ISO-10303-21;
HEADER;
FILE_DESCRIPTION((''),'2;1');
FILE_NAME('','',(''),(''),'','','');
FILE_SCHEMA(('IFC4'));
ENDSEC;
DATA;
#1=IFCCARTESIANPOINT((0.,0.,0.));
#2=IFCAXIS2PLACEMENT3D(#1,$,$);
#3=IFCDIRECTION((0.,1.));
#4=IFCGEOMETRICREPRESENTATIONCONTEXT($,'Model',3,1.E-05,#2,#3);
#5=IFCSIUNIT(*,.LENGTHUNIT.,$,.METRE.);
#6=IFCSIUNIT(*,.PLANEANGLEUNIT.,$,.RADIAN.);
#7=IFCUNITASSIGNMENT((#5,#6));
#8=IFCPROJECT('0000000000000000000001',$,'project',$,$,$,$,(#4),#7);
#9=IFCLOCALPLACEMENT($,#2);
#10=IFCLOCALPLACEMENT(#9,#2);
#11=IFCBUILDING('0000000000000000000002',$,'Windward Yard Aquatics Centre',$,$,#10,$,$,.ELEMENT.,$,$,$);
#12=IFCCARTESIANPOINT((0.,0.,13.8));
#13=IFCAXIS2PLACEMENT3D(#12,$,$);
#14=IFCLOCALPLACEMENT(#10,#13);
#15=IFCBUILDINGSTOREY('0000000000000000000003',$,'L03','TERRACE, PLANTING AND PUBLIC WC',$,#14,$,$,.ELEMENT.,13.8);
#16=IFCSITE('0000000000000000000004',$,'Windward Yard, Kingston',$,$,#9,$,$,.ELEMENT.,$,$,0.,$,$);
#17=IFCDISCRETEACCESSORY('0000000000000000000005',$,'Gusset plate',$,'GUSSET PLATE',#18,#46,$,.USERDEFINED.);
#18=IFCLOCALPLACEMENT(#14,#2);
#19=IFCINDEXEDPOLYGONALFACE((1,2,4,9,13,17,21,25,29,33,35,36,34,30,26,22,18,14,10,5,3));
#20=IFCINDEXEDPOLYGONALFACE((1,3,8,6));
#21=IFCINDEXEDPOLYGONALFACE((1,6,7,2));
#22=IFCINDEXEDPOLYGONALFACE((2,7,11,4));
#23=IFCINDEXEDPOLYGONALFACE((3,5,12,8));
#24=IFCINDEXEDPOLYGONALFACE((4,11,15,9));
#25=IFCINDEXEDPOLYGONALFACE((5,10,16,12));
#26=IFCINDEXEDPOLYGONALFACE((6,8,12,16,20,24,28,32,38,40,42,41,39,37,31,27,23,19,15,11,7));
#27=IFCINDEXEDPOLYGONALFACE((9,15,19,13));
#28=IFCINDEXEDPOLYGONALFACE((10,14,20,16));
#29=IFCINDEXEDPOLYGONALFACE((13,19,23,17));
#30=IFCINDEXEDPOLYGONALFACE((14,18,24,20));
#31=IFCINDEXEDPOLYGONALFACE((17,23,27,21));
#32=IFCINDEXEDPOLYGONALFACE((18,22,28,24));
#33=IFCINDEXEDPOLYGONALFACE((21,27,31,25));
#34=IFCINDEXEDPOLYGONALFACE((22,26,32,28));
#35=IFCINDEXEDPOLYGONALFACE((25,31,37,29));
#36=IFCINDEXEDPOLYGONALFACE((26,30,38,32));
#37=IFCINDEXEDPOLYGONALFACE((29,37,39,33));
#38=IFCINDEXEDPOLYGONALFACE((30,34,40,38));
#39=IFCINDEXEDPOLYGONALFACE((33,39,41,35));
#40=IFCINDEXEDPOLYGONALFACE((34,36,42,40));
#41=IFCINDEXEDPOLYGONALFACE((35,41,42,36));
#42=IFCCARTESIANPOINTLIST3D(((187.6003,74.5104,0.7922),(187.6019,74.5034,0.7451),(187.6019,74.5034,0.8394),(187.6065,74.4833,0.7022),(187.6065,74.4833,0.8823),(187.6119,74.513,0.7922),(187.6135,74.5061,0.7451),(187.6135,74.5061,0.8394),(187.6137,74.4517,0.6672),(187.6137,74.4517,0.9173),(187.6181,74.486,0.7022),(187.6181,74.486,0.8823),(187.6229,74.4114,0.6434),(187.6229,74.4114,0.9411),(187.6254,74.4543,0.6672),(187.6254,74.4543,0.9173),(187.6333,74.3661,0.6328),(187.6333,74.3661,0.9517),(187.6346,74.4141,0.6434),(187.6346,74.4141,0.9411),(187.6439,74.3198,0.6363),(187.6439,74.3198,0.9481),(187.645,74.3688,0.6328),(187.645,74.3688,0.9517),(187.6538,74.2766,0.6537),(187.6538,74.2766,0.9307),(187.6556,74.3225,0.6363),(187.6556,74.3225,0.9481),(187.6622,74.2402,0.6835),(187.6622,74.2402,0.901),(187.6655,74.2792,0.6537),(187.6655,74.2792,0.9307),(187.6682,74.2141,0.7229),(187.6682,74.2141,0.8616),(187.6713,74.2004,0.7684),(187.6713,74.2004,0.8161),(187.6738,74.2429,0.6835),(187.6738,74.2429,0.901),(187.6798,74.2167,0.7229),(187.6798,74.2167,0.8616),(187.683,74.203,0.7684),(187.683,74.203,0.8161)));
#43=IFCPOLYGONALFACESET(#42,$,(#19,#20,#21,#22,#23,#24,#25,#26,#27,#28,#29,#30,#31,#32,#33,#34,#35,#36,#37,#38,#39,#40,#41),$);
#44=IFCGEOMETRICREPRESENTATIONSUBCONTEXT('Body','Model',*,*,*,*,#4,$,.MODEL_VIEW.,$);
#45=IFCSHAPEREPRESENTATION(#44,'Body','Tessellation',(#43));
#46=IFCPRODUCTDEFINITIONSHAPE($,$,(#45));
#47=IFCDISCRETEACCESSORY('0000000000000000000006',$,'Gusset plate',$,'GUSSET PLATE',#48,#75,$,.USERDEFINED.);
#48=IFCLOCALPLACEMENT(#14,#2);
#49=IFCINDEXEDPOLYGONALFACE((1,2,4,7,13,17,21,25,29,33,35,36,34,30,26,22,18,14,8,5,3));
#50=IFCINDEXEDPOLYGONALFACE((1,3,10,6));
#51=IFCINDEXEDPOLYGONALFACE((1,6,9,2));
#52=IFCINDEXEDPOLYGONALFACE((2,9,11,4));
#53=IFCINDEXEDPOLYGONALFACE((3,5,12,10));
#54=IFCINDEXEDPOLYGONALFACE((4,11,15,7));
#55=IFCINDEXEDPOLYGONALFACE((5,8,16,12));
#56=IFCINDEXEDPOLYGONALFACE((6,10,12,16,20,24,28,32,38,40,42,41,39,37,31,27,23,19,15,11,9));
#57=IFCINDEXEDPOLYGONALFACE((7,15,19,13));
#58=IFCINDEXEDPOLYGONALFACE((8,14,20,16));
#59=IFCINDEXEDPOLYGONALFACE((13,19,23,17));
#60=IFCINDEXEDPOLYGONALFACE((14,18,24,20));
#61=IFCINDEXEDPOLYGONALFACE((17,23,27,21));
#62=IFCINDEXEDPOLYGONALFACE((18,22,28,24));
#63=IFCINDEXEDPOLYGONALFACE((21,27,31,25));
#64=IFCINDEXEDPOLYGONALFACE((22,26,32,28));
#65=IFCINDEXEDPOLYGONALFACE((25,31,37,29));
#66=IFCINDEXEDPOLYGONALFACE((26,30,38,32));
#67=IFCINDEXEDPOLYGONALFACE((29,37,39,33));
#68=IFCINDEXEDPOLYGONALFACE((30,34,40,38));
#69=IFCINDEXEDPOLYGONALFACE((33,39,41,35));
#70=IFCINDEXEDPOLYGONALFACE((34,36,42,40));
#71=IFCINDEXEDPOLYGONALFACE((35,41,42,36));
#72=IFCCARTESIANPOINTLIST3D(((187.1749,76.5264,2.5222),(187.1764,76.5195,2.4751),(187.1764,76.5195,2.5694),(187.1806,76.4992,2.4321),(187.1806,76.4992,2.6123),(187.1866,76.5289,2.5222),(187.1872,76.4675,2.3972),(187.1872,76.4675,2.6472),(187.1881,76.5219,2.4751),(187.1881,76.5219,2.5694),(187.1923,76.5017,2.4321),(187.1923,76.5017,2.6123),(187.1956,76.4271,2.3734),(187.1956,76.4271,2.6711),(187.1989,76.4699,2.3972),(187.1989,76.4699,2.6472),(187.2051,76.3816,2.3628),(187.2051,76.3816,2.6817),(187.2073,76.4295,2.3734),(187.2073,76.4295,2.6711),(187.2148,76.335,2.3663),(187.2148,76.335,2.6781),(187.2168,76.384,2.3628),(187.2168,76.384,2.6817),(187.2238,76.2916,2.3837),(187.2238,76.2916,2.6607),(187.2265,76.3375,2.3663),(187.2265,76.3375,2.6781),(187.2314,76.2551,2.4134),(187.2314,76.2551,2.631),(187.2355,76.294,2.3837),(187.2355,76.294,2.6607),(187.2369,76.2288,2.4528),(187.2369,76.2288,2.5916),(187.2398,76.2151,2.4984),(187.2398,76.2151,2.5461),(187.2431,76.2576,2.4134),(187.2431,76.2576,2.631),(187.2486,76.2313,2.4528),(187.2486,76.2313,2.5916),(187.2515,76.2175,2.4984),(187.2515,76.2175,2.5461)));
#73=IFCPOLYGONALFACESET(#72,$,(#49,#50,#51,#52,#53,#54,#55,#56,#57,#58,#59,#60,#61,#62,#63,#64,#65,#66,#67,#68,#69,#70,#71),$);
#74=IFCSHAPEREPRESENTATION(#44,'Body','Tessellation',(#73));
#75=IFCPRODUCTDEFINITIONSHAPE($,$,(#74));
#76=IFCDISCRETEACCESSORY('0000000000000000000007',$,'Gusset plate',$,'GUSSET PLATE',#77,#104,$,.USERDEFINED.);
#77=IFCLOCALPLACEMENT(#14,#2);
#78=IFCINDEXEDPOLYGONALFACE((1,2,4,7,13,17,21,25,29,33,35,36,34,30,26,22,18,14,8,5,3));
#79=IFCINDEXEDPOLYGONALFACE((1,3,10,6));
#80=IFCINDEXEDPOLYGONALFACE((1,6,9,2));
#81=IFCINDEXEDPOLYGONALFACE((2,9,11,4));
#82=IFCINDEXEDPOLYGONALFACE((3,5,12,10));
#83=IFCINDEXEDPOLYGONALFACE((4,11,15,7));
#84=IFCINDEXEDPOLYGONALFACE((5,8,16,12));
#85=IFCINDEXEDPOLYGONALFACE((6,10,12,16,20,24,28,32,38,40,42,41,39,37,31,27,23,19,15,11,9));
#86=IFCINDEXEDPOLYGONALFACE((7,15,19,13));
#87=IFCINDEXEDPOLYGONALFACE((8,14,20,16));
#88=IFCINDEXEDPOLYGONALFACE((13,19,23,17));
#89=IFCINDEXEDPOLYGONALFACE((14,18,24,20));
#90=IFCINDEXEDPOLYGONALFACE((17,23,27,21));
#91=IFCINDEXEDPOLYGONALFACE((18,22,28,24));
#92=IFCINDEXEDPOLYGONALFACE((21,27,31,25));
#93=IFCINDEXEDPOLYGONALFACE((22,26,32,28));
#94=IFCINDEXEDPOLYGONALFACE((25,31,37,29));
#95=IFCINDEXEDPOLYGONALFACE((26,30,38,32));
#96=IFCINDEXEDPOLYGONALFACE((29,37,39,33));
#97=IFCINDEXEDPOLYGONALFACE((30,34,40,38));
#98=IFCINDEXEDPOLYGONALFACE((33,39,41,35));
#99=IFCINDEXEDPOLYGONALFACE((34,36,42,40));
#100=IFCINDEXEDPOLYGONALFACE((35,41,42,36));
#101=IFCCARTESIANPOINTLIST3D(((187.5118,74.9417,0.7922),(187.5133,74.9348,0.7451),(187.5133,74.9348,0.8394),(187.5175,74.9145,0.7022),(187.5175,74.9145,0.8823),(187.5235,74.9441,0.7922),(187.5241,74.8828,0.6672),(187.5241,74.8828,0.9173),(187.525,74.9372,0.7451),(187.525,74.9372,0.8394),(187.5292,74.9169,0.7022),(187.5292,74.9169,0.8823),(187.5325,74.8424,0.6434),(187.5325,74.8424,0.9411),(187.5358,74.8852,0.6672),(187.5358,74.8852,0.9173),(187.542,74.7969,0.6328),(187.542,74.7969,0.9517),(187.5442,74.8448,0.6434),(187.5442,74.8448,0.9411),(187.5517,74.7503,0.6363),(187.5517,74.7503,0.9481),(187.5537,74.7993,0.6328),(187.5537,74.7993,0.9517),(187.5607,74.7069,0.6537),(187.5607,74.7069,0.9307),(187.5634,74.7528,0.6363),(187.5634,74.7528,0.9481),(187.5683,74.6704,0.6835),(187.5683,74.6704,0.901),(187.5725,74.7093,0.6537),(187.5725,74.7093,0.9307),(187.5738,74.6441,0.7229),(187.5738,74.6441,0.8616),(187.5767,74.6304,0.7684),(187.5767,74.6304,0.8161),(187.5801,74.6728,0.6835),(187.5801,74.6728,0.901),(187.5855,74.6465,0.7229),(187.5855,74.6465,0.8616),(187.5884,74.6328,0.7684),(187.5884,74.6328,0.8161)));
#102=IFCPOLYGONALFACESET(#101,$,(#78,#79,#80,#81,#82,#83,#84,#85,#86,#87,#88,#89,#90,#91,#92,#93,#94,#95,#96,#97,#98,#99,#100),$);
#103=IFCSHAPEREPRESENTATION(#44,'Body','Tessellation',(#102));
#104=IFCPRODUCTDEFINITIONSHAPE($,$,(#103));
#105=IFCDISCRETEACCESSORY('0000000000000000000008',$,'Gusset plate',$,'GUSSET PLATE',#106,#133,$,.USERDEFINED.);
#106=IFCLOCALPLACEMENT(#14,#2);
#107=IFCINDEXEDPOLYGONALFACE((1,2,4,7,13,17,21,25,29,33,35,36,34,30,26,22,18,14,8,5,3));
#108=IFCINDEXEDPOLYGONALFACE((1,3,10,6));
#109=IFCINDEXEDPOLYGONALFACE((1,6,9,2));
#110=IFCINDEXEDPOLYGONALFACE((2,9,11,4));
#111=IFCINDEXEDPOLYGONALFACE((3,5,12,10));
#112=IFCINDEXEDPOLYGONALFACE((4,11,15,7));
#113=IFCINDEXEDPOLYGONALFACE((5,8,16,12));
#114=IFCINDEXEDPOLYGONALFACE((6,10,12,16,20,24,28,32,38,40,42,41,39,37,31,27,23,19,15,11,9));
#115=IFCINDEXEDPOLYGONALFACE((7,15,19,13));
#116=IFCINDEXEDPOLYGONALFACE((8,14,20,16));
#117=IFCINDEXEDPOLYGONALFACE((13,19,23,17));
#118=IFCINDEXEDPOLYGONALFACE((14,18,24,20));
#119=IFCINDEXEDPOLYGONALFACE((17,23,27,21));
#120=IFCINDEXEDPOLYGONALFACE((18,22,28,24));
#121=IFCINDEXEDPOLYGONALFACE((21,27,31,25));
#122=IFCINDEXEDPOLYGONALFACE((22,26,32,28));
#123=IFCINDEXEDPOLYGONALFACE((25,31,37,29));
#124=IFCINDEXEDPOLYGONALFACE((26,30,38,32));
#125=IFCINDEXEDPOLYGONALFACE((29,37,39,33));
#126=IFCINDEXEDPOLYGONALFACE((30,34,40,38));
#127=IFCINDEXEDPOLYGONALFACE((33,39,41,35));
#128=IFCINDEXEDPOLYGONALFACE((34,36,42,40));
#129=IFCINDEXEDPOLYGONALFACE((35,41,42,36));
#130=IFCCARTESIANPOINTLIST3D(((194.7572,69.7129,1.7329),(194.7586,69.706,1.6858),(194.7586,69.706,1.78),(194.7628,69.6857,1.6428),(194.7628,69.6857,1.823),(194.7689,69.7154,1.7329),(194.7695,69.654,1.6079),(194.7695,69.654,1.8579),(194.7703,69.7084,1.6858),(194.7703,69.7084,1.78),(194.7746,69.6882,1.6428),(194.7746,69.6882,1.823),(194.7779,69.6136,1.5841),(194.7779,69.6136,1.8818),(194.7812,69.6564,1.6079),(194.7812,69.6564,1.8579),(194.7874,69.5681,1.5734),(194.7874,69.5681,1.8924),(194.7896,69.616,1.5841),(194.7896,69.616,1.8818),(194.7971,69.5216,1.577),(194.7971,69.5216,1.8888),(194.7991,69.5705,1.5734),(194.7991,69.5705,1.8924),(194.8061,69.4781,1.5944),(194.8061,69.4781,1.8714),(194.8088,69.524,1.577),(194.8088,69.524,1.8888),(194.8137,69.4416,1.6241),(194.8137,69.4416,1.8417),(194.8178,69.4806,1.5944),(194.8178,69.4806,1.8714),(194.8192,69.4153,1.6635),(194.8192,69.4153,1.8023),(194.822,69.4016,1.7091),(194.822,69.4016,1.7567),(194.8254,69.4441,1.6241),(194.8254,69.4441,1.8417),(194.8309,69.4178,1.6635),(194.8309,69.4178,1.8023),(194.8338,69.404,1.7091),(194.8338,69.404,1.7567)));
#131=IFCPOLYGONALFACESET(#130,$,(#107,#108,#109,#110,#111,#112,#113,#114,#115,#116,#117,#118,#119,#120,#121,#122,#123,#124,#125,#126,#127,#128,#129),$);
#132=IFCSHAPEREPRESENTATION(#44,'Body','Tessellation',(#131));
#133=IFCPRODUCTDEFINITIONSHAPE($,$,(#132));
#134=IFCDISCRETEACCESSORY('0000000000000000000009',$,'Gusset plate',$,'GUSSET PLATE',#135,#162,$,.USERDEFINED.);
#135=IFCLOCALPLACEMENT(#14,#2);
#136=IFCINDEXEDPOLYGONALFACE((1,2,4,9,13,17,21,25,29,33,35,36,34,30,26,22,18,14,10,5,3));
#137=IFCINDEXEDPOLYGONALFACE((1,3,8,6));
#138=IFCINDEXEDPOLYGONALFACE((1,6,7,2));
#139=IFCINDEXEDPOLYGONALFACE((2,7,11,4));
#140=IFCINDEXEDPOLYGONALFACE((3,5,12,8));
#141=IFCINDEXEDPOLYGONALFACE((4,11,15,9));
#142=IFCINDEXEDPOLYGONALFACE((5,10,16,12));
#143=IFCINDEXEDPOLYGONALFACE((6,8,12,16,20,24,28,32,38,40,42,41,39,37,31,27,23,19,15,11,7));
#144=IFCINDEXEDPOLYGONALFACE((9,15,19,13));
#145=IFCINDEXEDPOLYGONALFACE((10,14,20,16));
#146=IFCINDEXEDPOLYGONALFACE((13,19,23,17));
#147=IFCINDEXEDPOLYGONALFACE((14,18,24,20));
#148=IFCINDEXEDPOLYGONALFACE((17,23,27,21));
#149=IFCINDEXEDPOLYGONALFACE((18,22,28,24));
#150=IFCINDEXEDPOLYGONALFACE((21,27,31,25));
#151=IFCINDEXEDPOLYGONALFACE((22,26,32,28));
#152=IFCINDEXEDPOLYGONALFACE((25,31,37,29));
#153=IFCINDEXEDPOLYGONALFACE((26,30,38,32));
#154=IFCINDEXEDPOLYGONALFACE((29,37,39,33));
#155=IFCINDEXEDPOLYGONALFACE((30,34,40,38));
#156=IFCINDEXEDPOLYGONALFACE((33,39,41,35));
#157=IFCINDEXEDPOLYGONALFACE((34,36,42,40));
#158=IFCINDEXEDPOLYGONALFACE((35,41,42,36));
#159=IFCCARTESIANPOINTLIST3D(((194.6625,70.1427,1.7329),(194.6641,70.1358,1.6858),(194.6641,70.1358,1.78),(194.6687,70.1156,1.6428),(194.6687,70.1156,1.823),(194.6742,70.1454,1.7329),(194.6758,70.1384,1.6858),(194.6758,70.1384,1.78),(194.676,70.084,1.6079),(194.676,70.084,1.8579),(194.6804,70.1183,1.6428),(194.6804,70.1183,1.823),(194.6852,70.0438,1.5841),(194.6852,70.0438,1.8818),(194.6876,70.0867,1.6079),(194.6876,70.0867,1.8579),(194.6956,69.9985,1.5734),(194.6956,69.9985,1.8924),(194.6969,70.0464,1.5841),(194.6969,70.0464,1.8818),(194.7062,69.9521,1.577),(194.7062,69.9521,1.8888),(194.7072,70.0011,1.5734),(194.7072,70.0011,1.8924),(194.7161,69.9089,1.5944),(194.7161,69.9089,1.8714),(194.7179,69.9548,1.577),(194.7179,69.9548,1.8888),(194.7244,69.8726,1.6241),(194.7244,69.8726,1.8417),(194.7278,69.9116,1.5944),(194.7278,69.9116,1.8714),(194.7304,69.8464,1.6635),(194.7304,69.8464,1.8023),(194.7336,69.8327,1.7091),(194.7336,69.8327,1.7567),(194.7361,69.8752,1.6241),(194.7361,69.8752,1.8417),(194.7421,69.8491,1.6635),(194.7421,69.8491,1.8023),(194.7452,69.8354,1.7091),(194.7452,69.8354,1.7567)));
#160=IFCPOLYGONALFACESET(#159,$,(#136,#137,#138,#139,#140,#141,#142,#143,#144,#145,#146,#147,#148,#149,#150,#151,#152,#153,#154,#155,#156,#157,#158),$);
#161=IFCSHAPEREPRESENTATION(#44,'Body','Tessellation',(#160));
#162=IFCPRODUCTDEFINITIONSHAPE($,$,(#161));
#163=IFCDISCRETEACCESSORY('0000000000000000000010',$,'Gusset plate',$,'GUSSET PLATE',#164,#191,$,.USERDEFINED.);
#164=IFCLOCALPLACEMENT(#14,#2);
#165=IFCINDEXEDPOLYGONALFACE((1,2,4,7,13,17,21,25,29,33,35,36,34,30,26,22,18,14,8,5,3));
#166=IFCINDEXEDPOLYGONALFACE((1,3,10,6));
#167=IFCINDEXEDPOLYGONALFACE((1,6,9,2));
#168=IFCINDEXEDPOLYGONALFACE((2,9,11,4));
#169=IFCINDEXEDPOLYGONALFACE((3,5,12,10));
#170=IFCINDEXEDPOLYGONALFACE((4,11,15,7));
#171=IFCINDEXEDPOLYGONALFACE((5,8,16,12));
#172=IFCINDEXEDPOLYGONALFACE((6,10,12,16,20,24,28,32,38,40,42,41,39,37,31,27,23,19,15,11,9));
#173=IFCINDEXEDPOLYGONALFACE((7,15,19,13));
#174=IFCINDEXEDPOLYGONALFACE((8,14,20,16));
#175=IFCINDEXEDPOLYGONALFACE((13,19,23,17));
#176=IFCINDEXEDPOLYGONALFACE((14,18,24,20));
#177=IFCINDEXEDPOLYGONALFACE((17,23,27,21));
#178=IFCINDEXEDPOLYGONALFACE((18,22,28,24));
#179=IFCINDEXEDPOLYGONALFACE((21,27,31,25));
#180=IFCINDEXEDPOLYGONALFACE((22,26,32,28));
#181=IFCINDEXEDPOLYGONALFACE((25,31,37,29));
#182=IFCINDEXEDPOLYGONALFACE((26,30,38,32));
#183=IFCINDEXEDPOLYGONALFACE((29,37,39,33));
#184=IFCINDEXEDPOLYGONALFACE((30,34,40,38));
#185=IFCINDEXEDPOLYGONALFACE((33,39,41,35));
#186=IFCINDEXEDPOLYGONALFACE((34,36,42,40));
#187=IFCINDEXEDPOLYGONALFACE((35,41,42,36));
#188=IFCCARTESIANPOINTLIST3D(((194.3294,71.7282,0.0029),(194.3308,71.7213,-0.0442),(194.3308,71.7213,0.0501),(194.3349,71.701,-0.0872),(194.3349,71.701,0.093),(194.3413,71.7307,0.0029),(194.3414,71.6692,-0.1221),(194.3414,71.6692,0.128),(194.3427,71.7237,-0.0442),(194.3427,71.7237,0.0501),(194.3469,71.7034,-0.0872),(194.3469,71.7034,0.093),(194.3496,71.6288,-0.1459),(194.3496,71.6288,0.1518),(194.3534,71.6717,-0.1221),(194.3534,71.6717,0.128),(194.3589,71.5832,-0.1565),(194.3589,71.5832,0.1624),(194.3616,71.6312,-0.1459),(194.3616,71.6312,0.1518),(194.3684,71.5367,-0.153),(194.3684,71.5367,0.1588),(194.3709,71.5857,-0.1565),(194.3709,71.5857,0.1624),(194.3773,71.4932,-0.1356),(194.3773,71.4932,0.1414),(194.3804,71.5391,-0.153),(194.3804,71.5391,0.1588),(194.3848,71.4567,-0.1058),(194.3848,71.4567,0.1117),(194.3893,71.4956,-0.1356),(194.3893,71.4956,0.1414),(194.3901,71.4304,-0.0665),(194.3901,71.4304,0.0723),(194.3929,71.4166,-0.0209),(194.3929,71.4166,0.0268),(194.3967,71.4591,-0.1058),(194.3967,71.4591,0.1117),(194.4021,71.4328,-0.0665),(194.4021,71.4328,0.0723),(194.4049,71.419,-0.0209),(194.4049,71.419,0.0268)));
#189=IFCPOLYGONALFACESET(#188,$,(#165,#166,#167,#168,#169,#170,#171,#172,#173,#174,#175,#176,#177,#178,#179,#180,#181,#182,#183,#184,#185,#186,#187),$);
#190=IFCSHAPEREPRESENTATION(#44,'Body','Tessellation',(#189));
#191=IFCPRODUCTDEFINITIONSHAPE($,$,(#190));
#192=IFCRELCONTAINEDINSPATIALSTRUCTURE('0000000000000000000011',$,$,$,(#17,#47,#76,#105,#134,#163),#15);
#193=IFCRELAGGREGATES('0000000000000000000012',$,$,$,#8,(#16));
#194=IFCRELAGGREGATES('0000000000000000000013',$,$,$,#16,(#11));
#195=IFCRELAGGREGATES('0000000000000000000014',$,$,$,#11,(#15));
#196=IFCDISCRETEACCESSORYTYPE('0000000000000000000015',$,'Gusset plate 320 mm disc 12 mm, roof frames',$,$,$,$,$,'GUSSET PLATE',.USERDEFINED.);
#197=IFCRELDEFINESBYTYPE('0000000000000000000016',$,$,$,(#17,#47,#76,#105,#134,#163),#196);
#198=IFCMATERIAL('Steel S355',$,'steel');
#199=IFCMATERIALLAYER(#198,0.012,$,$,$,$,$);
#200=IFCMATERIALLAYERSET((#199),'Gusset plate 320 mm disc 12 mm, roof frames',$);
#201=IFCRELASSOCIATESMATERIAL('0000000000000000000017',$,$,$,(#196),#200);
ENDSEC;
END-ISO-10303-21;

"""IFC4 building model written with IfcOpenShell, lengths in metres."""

from ifc_helpers import new_model, si_unit, direction, frame, origin, origin_2d, place, context, subcontext, project, spatial, circle, extrude, material, layer, layer_set, type_object, element, save


model = new_model("IFC4")

# Units and contexts
model_context = context("Model", 3, precision=1e-05, world=origin(), true_north=direction((0.0, 1.0)))
body_context = subcontext(model_context, "Body", "Model", "MODEL_VIEW")
ifc_project = project(units=[si_unit("LENGTHUNIT", "METRE"), si_unit("PLANEANGLEUNIT", "RADIAN")], contexts=[model_context])

# Site, building, storey
site_placement = place(None, origin())
site = spatial("IfcSite", under=ifc_project, at=site_placement, Name="Windward Yard, Kingston", CompositionType="ELEMENT", RefElevation=0.0)
building_placement = place(site_placement, origin())
building = spatial("IfcBuilding", under=site, at=building_placement, Name="Windward Yard Aquatics Centre", CompositionType="ELEMENT")
storey_placement = place(building_placement, frame((0.0, 0.0, 13.8)))
storey = spatial("IfcBuildingStorey", under=building, at=storey_placement, Name="L03", Description="TERRACE, PLANTING AND PUBLIC WC", CompositionType="ELEMENT", Elevation=13.8)

# Discrete accessories
ifc_material_1 = material(Name="Steel S355", Category="steel")
ifc_layer = layer(ifc_material_1, 0.012)
ifc_layer_set = layer_set([ifc_layer], Name="Gusset plate 320 mm disc 12 mm, roof frames")
discrete_accessory_type = type_object("IfcDiscreteAccessoryType", Name="Gusset plate 320 mm disc 12 mm, roof frames", ElementType="GUSSET PLATE", PredefinedType="USERDEFINED", material=ifc_layer_set)
for number, where, z_axis, x_axis, name in (
    (1, (187.636, 74.3545, 0.7922), (0.974732, 0.223376, 0.0), (-0.223376, 0.974732, 0.0), "Gusset plate"),
    (2, (187.2075, 76.3699, 2.5222), (0.97898, 0.203954, 0.0), (-0.203954, 0.97898, 0.0), "Gusset plate"),
    (3, (187.5444, 74.7852, 0.7922), (0.97898, 0.203954, 0.0), (-0.203954, 0.97898, 0.0), "Gusset plate"),
    (4, (194.7898, 69.5564, 1.7329), (0.97898, 0.203954, 0.0), (-0.203954, 0.97898, 0.0), "Gusset plate"),
    (5, (194.6982, 69.9868, 1.7329), (0.974732, 0.223376, 0.0), (-0.223376, 0.974732, 0.0), "Gusset plate"),
):
    element("IfcDiscreteAccessory", number, at=place(storey_placement, frame(where, z_axis=z_axis, x_axis=x_axis)), inside=storey, type_object=discrete_accessory_type, Name=name, ObjectType="GUSSET PLATE", PredefinedType="USERDEFINED", context=body_context, shape_type="SweptSolid", body=[
        extrude(circle(Radius=0.1599, at=origin_2d()), origin(), (0.0, 0.0, 1.0), 0.012),
    ])
discrete_accessory_1_placement = place(storey_placement, frame((194.3613, 71.5715, 0.0029), z_axis=(0.979804, 0.19996, 0.0), x_axis=(-0.19996, 0.979804, 0.0)))
element("IfcDiscreteAccessory", 6, at=discrete_accessory_1_placement, inside=storey, type_object=discrete_accessory_type, Name="Gusset plate", ObjectType="GUSSET PLATE", PredefinedType="USERDEFINED", context=body_context, shape_type="SweptSolid", body=[
    extrude(circle(Radius=0.1599, at=origin_2d()), origin(), (0.0, 0.0, 1.0), 0.0122),
])

save(model, "model.ifc")
